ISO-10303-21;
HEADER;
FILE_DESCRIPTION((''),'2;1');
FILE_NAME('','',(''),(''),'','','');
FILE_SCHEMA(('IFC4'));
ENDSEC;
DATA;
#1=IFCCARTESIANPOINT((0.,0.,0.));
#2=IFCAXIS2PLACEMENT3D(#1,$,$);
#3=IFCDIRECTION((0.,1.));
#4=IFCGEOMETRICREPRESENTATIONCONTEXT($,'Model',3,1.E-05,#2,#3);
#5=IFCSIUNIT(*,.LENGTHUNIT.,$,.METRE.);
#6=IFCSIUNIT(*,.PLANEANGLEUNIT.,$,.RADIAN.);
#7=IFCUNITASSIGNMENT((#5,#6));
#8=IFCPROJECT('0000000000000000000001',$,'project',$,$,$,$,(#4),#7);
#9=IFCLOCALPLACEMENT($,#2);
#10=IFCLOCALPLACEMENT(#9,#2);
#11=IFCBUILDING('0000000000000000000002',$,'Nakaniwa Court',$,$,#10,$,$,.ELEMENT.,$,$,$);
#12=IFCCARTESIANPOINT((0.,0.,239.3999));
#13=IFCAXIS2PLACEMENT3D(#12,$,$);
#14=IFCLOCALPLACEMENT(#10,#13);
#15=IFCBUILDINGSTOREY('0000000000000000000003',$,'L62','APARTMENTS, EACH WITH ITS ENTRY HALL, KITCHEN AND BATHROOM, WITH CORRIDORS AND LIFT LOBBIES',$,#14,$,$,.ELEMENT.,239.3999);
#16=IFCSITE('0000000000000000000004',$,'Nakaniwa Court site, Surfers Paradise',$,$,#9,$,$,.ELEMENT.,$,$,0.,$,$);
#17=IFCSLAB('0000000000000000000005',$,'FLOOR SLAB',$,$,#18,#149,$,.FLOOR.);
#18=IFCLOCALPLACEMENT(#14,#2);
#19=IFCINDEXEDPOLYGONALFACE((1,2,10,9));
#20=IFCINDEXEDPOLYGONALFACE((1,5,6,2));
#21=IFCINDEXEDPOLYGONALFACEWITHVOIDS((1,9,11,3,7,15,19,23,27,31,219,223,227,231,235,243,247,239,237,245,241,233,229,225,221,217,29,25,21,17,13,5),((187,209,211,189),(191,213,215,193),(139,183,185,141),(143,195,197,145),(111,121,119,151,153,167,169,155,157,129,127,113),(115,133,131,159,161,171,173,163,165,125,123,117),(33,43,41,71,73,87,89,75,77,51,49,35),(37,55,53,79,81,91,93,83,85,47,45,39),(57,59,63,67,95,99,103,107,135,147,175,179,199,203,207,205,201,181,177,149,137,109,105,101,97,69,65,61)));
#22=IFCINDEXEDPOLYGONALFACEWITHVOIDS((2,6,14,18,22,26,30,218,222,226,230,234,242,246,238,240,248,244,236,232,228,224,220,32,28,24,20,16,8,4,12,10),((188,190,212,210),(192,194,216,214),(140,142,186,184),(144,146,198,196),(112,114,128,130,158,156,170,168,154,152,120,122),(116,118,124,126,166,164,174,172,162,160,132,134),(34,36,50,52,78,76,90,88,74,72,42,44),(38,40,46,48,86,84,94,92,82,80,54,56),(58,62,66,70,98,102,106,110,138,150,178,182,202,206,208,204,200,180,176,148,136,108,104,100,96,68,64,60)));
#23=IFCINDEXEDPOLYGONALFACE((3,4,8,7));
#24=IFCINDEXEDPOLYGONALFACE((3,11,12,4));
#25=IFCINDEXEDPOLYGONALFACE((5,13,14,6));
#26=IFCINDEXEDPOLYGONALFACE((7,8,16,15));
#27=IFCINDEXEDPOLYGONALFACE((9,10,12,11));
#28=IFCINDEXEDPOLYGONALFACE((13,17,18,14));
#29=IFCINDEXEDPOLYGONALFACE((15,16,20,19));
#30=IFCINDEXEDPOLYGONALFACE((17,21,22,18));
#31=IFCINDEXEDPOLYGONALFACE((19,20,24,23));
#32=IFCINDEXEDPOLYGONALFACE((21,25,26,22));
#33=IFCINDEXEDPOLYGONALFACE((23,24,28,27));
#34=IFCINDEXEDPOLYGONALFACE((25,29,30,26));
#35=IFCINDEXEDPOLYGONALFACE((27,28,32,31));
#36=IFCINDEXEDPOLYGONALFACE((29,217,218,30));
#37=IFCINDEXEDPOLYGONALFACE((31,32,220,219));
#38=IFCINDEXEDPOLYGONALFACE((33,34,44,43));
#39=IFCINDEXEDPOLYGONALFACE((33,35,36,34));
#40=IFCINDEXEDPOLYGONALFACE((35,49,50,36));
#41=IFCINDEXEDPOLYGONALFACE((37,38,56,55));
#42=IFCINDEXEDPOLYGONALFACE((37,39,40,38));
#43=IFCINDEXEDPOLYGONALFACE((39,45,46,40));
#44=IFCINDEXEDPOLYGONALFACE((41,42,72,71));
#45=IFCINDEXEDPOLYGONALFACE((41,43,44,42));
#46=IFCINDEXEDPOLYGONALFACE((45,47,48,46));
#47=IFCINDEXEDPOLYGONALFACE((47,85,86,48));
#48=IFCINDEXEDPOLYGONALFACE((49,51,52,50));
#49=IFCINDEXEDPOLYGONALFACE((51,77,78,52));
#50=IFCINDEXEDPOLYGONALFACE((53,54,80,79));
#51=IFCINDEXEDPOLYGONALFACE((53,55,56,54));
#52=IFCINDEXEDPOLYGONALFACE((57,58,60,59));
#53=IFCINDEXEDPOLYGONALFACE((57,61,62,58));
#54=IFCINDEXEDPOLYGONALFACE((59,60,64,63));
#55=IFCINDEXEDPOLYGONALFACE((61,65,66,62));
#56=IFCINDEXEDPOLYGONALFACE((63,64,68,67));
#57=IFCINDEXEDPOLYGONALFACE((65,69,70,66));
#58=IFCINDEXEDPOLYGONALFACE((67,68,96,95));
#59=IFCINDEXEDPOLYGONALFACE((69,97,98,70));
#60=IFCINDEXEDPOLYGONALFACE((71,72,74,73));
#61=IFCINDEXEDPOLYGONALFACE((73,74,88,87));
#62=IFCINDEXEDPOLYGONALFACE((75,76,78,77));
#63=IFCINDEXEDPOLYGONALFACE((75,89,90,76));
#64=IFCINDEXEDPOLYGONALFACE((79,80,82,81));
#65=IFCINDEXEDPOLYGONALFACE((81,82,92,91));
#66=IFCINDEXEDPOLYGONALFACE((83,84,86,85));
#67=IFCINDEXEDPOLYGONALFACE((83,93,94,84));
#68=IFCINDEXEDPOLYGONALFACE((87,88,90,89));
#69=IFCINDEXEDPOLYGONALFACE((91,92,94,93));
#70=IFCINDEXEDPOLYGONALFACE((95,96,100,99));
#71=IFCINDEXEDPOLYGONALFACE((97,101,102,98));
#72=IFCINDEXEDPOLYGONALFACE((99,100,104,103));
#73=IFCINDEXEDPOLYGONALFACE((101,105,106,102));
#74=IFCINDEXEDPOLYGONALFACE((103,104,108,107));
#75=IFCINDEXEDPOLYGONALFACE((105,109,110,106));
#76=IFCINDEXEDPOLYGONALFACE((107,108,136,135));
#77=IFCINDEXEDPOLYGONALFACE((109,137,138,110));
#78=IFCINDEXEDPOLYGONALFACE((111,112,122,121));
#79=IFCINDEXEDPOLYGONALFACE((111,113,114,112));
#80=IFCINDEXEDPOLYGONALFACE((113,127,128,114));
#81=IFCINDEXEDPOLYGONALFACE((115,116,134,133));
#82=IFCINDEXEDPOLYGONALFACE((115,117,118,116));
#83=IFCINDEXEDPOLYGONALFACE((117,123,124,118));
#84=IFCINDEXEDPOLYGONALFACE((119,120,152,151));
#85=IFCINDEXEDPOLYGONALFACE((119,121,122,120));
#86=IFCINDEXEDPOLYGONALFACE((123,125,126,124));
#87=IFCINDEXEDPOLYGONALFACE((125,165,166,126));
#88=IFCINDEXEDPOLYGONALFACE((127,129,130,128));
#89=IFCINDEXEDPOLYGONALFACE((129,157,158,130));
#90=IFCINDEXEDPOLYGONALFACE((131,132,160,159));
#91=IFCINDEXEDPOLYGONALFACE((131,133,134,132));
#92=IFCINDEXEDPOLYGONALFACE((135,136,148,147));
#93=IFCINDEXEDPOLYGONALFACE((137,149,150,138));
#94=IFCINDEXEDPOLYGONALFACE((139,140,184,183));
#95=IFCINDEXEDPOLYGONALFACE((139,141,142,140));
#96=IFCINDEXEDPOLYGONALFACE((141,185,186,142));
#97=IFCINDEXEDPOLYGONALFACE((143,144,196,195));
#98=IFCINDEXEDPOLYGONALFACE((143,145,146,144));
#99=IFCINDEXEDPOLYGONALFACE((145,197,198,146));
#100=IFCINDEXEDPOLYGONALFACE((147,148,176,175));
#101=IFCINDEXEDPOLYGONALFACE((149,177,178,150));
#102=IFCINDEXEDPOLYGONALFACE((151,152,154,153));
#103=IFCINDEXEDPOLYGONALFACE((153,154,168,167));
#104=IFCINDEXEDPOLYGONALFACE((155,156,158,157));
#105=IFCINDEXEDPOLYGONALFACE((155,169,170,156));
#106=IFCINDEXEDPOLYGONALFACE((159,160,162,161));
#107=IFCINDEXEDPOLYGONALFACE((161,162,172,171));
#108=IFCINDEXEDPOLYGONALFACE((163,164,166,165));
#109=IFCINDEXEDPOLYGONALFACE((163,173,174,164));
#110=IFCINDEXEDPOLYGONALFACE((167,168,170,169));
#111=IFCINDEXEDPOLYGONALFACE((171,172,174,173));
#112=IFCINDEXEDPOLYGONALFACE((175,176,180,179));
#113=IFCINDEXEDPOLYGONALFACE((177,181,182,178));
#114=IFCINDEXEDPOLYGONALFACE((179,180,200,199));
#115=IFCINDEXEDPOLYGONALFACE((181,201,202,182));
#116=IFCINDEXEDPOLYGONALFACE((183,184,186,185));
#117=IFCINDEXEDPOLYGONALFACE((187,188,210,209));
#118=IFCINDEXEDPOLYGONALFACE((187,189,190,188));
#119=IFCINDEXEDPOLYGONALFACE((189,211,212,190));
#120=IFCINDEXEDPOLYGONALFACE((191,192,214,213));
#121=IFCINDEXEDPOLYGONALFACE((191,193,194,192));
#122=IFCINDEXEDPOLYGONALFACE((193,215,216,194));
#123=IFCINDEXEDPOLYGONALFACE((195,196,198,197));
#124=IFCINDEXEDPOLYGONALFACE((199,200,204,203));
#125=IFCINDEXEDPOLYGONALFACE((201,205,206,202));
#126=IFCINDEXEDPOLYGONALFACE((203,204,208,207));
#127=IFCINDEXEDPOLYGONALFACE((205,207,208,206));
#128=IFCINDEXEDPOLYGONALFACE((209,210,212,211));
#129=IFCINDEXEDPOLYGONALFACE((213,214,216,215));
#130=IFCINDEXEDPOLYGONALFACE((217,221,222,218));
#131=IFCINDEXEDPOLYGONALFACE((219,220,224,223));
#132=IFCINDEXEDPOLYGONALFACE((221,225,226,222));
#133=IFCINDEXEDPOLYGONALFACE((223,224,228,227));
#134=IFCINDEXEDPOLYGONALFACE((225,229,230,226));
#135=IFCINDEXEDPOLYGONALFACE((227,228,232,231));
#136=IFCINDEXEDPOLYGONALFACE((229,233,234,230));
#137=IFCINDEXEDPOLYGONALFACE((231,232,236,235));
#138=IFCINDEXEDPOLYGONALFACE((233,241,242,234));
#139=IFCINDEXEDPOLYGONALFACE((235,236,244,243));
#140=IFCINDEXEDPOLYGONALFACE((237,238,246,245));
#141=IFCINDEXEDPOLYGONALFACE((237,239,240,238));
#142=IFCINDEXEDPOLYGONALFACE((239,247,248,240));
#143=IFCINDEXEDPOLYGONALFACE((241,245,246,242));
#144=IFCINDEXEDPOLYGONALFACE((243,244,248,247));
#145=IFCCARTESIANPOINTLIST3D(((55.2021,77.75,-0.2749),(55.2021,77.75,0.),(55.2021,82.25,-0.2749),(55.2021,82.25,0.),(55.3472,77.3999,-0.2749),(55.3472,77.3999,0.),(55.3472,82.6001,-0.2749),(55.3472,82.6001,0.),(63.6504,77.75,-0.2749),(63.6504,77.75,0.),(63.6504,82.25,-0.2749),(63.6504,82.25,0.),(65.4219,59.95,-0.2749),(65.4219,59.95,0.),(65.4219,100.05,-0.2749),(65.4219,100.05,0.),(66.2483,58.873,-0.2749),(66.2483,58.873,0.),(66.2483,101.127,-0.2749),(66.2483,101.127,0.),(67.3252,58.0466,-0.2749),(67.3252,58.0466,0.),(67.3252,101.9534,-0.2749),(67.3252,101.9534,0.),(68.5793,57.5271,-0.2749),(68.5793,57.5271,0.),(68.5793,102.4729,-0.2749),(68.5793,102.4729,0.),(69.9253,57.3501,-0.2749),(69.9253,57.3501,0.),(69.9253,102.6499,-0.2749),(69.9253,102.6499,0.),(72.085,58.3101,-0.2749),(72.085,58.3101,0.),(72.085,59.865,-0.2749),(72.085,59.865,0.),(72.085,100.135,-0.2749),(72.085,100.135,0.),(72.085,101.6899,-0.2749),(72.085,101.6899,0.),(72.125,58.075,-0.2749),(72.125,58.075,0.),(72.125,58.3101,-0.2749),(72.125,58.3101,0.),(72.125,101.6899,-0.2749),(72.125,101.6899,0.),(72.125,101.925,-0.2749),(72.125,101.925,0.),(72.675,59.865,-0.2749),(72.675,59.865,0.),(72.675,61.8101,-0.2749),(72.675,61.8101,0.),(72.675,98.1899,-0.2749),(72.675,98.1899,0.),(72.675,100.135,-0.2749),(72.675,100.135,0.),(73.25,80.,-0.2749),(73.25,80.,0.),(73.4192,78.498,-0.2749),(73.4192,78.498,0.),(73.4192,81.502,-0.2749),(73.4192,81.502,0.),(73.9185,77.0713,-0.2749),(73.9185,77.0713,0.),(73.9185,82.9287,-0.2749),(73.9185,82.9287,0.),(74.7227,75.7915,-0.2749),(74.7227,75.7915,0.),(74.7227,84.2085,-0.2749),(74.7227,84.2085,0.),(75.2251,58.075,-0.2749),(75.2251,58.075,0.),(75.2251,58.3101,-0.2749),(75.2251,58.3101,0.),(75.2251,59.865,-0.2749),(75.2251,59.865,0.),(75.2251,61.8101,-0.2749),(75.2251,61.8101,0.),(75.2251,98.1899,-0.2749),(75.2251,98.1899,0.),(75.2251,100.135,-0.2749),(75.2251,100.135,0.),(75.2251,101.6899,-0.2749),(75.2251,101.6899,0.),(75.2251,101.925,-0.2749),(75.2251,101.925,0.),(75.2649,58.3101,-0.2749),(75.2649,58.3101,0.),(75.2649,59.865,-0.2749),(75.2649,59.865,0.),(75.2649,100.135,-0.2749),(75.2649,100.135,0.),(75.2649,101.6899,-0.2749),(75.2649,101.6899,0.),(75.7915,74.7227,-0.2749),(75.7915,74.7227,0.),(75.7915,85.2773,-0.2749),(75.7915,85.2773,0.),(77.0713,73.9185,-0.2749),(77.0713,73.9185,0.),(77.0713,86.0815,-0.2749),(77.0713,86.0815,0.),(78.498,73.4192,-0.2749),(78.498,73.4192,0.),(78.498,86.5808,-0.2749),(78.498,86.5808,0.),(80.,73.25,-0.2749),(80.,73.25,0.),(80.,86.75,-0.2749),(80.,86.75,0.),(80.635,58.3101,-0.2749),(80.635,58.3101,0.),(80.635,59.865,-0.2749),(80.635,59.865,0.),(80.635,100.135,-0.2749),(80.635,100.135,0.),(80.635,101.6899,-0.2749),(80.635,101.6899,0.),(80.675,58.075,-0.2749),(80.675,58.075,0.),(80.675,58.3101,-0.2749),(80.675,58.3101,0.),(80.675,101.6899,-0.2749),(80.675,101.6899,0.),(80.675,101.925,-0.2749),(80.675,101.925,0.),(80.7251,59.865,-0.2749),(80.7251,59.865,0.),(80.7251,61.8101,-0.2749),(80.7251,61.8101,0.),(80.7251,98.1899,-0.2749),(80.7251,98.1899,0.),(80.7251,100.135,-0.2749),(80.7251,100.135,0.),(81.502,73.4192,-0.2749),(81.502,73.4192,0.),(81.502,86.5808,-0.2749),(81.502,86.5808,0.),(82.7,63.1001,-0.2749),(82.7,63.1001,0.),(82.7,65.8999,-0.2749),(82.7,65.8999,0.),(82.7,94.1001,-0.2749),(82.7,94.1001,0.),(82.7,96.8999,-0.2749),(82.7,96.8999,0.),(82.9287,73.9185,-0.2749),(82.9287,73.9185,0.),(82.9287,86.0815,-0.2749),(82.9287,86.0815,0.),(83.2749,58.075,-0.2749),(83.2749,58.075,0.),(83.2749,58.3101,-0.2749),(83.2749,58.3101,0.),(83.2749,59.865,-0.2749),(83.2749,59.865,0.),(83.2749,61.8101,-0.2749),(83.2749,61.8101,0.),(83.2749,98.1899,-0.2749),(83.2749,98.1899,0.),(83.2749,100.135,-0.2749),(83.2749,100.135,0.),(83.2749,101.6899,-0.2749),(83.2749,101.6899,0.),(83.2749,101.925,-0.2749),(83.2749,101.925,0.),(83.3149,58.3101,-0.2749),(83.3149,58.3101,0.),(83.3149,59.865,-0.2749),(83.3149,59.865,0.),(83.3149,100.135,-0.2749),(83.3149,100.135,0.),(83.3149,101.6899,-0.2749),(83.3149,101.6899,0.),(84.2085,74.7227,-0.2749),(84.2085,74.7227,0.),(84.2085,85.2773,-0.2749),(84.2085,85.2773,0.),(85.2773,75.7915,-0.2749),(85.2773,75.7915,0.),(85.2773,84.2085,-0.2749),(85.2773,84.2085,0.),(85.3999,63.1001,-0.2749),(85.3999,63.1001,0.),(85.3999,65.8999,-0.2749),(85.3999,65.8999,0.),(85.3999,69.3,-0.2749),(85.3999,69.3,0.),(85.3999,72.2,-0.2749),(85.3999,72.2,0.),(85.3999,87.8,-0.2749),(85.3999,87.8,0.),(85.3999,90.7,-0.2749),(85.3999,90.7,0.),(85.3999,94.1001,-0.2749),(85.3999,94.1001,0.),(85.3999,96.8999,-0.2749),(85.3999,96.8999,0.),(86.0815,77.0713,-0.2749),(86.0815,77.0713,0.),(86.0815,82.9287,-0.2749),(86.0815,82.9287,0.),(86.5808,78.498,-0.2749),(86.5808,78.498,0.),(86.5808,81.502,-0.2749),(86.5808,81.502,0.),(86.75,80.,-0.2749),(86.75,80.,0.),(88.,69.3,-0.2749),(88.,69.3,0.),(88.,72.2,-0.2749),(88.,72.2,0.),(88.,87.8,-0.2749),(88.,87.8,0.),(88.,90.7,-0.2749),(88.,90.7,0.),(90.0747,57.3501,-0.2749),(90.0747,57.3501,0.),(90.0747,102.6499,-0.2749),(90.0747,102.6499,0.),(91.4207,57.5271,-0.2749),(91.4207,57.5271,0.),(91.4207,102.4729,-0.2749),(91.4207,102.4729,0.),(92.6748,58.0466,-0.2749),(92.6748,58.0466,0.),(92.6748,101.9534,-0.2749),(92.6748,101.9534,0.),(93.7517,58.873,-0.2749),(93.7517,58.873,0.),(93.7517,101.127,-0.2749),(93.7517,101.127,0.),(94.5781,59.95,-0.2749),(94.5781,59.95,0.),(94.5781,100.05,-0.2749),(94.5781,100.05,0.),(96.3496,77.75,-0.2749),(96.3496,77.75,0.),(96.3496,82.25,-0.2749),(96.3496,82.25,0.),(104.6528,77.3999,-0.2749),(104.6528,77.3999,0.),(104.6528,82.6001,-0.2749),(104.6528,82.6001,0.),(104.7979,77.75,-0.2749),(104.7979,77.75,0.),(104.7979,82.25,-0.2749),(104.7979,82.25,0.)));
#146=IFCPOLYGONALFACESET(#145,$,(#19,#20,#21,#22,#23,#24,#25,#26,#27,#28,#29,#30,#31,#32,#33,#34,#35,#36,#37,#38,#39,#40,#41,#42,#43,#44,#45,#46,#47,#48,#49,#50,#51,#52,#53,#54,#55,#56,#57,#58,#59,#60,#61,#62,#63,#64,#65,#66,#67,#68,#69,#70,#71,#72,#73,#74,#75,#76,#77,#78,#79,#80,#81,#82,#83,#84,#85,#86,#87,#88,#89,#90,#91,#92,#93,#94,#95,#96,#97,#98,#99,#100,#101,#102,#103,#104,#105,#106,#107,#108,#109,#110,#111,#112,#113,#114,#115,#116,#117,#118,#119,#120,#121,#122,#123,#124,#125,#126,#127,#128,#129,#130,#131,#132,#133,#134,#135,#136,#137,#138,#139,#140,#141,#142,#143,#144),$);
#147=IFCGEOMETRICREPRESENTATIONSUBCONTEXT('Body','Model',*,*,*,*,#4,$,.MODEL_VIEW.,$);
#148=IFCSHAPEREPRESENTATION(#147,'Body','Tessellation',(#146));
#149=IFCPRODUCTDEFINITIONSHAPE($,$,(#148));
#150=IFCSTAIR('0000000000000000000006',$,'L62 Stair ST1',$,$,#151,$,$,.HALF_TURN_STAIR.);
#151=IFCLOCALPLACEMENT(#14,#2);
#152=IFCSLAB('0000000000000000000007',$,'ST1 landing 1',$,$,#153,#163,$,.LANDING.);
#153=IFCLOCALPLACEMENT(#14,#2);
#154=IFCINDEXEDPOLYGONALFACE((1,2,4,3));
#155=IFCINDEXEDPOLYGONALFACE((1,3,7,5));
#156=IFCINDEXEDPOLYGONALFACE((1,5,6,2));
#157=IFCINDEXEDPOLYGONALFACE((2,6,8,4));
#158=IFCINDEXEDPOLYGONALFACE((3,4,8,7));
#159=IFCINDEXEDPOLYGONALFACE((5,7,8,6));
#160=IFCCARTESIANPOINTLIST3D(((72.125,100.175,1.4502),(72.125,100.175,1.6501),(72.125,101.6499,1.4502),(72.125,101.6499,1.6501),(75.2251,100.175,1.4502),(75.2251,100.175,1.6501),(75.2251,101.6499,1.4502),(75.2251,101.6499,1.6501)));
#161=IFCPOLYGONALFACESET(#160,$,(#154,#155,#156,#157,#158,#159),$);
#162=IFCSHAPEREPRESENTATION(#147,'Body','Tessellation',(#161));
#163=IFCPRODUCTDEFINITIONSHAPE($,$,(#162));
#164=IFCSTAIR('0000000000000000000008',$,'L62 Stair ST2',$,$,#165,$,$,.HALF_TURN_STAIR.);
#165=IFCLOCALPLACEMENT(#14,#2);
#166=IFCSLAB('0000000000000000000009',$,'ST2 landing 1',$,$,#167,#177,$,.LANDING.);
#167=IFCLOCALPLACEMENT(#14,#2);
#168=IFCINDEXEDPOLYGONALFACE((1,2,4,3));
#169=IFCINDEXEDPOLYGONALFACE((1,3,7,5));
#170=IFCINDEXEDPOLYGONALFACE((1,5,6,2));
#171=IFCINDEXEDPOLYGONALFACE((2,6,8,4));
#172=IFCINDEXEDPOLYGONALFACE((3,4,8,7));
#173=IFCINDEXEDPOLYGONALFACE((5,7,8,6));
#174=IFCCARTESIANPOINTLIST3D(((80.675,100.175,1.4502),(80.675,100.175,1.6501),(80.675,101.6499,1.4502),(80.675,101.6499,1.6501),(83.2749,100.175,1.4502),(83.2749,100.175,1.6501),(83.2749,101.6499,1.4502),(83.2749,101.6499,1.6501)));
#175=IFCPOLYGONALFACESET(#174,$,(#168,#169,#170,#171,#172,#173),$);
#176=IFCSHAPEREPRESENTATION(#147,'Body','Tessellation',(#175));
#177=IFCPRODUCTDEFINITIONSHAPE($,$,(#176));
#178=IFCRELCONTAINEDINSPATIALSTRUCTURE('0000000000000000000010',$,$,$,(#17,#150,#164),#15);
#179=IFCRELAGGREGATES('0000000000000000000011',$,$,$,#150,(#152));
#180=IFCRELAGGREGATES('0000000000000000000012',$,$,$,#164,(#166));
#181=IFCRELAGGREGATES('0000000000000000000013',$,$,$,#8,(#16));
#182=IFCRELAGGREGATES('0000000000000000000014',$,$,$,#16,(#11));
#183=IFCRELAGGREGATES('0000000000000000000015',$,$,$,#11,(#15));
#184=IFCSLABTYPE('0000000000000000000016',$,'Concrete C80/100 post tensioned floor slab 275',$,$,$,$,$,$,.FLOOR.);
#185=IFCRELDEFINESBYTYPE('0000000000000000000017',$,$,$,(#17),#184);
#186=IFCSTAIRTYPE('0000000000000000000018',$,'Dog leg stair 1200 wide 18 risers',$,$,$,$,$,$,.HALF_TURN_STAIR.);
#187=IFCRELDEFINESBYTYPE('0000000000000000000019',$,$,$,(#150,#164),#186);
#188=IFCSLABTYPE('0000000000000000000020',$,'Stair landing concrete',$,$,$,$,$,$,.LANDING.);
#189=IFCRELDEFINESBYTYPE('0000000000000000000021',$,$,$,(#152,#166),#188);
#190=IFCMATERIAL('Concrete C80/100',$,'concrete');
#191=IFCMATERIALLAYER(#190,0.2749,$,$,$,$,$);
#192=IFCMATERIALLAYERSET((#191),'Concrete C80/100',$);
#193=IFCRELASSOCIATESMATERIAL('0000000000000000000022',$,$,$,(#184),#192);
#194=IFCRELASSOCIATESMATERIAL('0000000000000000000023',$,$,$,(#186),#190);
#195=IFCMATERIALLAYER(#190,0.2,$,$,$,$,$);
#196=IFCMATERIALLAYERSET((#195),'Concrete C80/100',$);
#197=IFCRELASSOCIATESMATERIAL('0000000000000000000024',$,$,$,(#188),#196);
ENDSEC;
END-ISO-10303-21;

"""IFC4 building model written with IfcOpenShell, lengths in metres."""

from ifc_helpers import new_model, si_unit, direction, frame, origin, place, context, subcontext, project, spatial, polyline, outline, extrude, material, layer, layer_set, type_object, element, aggregate, save


model = new_model("IFC4")

# Units and contexts
model_context = context("Model", 3, precision=1e-05, world=origin(), true_north=direction((0.0, 1.0)))
body_context = subcontext(model_context, "Body", "Model", "MODEL_VIEW")
ifc_project = project(units=[si_unit("LENGTHUNIT", "METRE"), si_unit("PLANEANGLEUNIT", "RADIAN")], contexts=[model_context])

# Site, building, storey
site_placement = place(None, origin())
site = spatial("IfcSite", under=ifc_project, at=site_placement, Name="Nakaniwa Court site, Surfers Paradise", CompositionType="ELEMENT", RefElevation=0.0)
building_placement = place(site_placement, origin())
building = spatial("IfcBuilding", under=site, at=building_placement, Name="Nakaniwa Court", CompositionType="ELEMENT")
storey_placement = place(building_placement, frame((0.0, 0.0, 239.3999)))
storey = spatial("IfcBuildingStorey", under=building, at=storey_placement, Name="L62", Description="APARTMENTS, EACH WITH ITS ENTRY HALL, KITCHEN AND BATHROOM, WITH CORRIDORS AND LIFT LOBBIES", CompositionType="ELEMENT", Elevation=239.3999)

# Shared definitions
ifc_material_1 = material(Name="Concrete C80/100", Category="concrete")

# Slab
ifc_layer_1 = layer(ifc_material_1, 0.2749)
ifc_layer_set_1 = layer_set([ifc_layer_1], Name="Concrete C80/100")
slab_type_1 = type_object("IfcSlabType", Name="Concrete C80/100 post tensioned floor slab 275", PredefinedType="FLOOR", material=ifc_layer_set_1)
slab_1_placement = place(storey_placement, frame((0.0, 0.0, -0.2749)))
element("IfcSlab", 1, at=slab_1_placement, inside=storey, type_object=slab_type_1, Name="FLOOR SLAB", PredefinedType="FLOOR", context=body_context, shape_type="SweptSolid", body=[
    extrude(outline(polyline([(96.3496, 82.25), (104.7979, 82.25), (104.6528, 82.6001), (94.5781, 100.05), (93.7517, 101.127), (92.6748, 101.9534), (91.4207, 102.4729), (90.0747, 102.6499), (69.9253, 102.6499), (68.5793, 102.4729), (67.3252, 101.9534), (66.2483, 101.127), (65.4219, 100.05), (55.3472, 82.6001), (55.2021, 82.25), (63.6504, 82.25), (63.6504, 77.75), (55.2021, 77.75), (55.3472, 77.3999), (65.4219, 59.95), (66.2483, 58.873), (67.3252, 58.0466), (68.5793, 57.5271), (69.9253, 57.3501), (90.0747, 57.3501), (91.4207, 57.5271), (92.6748, 58.0466), (93.7517, 58.873), (94.5781, 59.95), (104.6528, 77.3999), (104.7979, 77.75), (96.3496, 77.75), (96.3496, 82.25)]), holes=[polyline([(81.502, 86.5808), (80.0, 86.75), (78.498, 86.5808), (77.0713, 86.0815), (75.7915, 85.2773), (74.7227, 84.2085), (73.9185, 82.9287), (73.4192, 81.502), (73.25, 80.0), (73.4192, 78.498), (73.9185, 77.0713), (74.7227, 75.7915), (75.7915, 74.7227), (77.0713, 73.9185), (78.498, 73.4192), (80.0, 73.25), (81.502, 73.4192), (82.9287, 73.9185), (84.2085, 74.7227), (85.2773, 75.7915), (86.0815, 77.0713), (86.5808, 78.498), (86.75, 80.0), (86.5808, 81.502), (86.0815, 82.9287), (85.2773, 84.2085), (84.2085, 85.2773), (82.9287, 86.0815), (81.502, 86.5808)]), polyline([(72.675, 61.8101), (72.675, 59.865), (72.085, 59.865), (72.085, 58.3101), (72.125, 58.3101), (72.125, 58.075), (75.2251, 58.075), (75.2251, 58.3101), (75.2649, 58.3101), (75.2649, 59.865), (75.2251, 59.865), (75.2251, 61.8101), (72.675, 61.8101)]), polyline([(83.2749, 61.8101), (80.7251, 61.8101), (80.7251, 59.865), (80.635, 59.865), (80.635, 58.3101), (80.675, 58.3101), (80.675, 58.075), (83.2749, 58.075), (83.2749, 58.3101), (83.3149, 58.3101), (83.3149, 59.865), (83.2749, 59.865), (83.2749, 61.8101)]), polyline([(75.2649, 101.6899), (75.2251, 101.6899), (75.2251, 101.925), (72.125, 101.925), (72.125, 101.6899), (72.085, 101.6899), (72.085, 100.135), (72.675, 100.135), (72.675, 98.1899), (75.2251, 98.1899), (75.2251, 100.135), (75.2649, 100.135), (75.2649, 101.6899)]), polyline([(83.3149, 100.135), (83.3149, 101.6899), (83.2749, 101.6899), (83.2749, 101.925), (80.675, 101.925), (80.675, 101.6899), (80.635, 101.6899), (80.635, 100.135), (80.7251, 100.135), (80.7251, 98.1899), (83.2749, 98.1899), (83.2749, 100.135), (83.3149, 100.135)]), polyline([(85.3999, 65.8999), (82.7, 65.8999), (82.7, 63.1001), (85.3999, 63.1001), (85.3999, 65.8999)]), polyline([(88.0, 72.2), (85.3999, 72.2), (85.3999, 69.3), (88.0, 69.3), (88.0, 72.2)]), polyline([(85.3999, 90.7), (85.3999, 87.8), (88.0, 87.8), (88.0, 90.7), (85.3999, 90.7)]), polyline([(85.3999, 96.8999), (82.7, 96.8999), (82.7, 94.1001), (85.3999, 94.1001), (85.3999, 96.8999)])]), origin(), (0.0, 0.0, 1.0), 0.2749),
])

# Stairs, slabs
stair_type = type_object("IfcStairType", Name="Dog leg stair 1200 wide 18 risers", PredefinedType="HALF_TURN_STAIR", material=ifc_material_1)
stair_1_placement = place(storey_placement, origin())
stair_1 = element("IfcStair", 2, at=stair_1_placement, inside=storey, type_object=stair_type, Name="L62 Stair ST1", PredefinedType="HALF_TURN_STAIR")
ifc_layer_2 = layer(ifc_material_1, 0.2)
ifc_layer_set_2 = layer_set([ifc_layer_2], Name="Concrete C80/100")
slab_type_2 = type_object("IfcSlabType", Name="Stair landing concrete", PredefinedType="LANDING", material=ifc_layer_set_2)
slab_2_placement = place(storey_placement, frame((0.0, 0.0, 1.4502)))
slab_2 = element("IfcSlab", 3, at=slab_2_placement, type_object=slab_type_2, Name="ST1 landing 1", PredefinedType="LANDING", context=body_context, shape_type="SweptSolid", body=[
    extrude(outline(polyline([(75.2251, 100.175), (75.2251, 101.6499), (72.125, 101.6499), (72.125, 100.175), (75.2251, 100.175)])), origin(), (0.0, 0.0, 1.0), 0.2),
])
aggregate(stair_1, [slab_2])
stair_2_placement = place(storey_placement, origin())
stair_2 = element("IfcStair", 4, at=stair_2_placement, inside=storey, type_object=stair_type, Name="L62 Stair ST2", PredefinedType="HALF_TURN_STAIR")
slab_3_placement = place(storey_placement, frame((0.0, 0.0, 1.4502)))
slab_3 = element("IfcSlab", 5, at=slab_3_placement, type_object=slab_type_2, Name="ST2 landing 1", PredefinedType="LANDING", context=body_context, shape_type="SweptSolid", body=[
    extrude(outline(polyline([(83.2749, 100.175), (83.2749, 101.6499), (80.675, 101.6499), (80.675, 100.175), (83.2749, 100.175)])), origin(), (0.0, 0.0, 1.0), 0.2),
])
aggregate(stair_2, [slab_3])

save(model, "model.ifc")
